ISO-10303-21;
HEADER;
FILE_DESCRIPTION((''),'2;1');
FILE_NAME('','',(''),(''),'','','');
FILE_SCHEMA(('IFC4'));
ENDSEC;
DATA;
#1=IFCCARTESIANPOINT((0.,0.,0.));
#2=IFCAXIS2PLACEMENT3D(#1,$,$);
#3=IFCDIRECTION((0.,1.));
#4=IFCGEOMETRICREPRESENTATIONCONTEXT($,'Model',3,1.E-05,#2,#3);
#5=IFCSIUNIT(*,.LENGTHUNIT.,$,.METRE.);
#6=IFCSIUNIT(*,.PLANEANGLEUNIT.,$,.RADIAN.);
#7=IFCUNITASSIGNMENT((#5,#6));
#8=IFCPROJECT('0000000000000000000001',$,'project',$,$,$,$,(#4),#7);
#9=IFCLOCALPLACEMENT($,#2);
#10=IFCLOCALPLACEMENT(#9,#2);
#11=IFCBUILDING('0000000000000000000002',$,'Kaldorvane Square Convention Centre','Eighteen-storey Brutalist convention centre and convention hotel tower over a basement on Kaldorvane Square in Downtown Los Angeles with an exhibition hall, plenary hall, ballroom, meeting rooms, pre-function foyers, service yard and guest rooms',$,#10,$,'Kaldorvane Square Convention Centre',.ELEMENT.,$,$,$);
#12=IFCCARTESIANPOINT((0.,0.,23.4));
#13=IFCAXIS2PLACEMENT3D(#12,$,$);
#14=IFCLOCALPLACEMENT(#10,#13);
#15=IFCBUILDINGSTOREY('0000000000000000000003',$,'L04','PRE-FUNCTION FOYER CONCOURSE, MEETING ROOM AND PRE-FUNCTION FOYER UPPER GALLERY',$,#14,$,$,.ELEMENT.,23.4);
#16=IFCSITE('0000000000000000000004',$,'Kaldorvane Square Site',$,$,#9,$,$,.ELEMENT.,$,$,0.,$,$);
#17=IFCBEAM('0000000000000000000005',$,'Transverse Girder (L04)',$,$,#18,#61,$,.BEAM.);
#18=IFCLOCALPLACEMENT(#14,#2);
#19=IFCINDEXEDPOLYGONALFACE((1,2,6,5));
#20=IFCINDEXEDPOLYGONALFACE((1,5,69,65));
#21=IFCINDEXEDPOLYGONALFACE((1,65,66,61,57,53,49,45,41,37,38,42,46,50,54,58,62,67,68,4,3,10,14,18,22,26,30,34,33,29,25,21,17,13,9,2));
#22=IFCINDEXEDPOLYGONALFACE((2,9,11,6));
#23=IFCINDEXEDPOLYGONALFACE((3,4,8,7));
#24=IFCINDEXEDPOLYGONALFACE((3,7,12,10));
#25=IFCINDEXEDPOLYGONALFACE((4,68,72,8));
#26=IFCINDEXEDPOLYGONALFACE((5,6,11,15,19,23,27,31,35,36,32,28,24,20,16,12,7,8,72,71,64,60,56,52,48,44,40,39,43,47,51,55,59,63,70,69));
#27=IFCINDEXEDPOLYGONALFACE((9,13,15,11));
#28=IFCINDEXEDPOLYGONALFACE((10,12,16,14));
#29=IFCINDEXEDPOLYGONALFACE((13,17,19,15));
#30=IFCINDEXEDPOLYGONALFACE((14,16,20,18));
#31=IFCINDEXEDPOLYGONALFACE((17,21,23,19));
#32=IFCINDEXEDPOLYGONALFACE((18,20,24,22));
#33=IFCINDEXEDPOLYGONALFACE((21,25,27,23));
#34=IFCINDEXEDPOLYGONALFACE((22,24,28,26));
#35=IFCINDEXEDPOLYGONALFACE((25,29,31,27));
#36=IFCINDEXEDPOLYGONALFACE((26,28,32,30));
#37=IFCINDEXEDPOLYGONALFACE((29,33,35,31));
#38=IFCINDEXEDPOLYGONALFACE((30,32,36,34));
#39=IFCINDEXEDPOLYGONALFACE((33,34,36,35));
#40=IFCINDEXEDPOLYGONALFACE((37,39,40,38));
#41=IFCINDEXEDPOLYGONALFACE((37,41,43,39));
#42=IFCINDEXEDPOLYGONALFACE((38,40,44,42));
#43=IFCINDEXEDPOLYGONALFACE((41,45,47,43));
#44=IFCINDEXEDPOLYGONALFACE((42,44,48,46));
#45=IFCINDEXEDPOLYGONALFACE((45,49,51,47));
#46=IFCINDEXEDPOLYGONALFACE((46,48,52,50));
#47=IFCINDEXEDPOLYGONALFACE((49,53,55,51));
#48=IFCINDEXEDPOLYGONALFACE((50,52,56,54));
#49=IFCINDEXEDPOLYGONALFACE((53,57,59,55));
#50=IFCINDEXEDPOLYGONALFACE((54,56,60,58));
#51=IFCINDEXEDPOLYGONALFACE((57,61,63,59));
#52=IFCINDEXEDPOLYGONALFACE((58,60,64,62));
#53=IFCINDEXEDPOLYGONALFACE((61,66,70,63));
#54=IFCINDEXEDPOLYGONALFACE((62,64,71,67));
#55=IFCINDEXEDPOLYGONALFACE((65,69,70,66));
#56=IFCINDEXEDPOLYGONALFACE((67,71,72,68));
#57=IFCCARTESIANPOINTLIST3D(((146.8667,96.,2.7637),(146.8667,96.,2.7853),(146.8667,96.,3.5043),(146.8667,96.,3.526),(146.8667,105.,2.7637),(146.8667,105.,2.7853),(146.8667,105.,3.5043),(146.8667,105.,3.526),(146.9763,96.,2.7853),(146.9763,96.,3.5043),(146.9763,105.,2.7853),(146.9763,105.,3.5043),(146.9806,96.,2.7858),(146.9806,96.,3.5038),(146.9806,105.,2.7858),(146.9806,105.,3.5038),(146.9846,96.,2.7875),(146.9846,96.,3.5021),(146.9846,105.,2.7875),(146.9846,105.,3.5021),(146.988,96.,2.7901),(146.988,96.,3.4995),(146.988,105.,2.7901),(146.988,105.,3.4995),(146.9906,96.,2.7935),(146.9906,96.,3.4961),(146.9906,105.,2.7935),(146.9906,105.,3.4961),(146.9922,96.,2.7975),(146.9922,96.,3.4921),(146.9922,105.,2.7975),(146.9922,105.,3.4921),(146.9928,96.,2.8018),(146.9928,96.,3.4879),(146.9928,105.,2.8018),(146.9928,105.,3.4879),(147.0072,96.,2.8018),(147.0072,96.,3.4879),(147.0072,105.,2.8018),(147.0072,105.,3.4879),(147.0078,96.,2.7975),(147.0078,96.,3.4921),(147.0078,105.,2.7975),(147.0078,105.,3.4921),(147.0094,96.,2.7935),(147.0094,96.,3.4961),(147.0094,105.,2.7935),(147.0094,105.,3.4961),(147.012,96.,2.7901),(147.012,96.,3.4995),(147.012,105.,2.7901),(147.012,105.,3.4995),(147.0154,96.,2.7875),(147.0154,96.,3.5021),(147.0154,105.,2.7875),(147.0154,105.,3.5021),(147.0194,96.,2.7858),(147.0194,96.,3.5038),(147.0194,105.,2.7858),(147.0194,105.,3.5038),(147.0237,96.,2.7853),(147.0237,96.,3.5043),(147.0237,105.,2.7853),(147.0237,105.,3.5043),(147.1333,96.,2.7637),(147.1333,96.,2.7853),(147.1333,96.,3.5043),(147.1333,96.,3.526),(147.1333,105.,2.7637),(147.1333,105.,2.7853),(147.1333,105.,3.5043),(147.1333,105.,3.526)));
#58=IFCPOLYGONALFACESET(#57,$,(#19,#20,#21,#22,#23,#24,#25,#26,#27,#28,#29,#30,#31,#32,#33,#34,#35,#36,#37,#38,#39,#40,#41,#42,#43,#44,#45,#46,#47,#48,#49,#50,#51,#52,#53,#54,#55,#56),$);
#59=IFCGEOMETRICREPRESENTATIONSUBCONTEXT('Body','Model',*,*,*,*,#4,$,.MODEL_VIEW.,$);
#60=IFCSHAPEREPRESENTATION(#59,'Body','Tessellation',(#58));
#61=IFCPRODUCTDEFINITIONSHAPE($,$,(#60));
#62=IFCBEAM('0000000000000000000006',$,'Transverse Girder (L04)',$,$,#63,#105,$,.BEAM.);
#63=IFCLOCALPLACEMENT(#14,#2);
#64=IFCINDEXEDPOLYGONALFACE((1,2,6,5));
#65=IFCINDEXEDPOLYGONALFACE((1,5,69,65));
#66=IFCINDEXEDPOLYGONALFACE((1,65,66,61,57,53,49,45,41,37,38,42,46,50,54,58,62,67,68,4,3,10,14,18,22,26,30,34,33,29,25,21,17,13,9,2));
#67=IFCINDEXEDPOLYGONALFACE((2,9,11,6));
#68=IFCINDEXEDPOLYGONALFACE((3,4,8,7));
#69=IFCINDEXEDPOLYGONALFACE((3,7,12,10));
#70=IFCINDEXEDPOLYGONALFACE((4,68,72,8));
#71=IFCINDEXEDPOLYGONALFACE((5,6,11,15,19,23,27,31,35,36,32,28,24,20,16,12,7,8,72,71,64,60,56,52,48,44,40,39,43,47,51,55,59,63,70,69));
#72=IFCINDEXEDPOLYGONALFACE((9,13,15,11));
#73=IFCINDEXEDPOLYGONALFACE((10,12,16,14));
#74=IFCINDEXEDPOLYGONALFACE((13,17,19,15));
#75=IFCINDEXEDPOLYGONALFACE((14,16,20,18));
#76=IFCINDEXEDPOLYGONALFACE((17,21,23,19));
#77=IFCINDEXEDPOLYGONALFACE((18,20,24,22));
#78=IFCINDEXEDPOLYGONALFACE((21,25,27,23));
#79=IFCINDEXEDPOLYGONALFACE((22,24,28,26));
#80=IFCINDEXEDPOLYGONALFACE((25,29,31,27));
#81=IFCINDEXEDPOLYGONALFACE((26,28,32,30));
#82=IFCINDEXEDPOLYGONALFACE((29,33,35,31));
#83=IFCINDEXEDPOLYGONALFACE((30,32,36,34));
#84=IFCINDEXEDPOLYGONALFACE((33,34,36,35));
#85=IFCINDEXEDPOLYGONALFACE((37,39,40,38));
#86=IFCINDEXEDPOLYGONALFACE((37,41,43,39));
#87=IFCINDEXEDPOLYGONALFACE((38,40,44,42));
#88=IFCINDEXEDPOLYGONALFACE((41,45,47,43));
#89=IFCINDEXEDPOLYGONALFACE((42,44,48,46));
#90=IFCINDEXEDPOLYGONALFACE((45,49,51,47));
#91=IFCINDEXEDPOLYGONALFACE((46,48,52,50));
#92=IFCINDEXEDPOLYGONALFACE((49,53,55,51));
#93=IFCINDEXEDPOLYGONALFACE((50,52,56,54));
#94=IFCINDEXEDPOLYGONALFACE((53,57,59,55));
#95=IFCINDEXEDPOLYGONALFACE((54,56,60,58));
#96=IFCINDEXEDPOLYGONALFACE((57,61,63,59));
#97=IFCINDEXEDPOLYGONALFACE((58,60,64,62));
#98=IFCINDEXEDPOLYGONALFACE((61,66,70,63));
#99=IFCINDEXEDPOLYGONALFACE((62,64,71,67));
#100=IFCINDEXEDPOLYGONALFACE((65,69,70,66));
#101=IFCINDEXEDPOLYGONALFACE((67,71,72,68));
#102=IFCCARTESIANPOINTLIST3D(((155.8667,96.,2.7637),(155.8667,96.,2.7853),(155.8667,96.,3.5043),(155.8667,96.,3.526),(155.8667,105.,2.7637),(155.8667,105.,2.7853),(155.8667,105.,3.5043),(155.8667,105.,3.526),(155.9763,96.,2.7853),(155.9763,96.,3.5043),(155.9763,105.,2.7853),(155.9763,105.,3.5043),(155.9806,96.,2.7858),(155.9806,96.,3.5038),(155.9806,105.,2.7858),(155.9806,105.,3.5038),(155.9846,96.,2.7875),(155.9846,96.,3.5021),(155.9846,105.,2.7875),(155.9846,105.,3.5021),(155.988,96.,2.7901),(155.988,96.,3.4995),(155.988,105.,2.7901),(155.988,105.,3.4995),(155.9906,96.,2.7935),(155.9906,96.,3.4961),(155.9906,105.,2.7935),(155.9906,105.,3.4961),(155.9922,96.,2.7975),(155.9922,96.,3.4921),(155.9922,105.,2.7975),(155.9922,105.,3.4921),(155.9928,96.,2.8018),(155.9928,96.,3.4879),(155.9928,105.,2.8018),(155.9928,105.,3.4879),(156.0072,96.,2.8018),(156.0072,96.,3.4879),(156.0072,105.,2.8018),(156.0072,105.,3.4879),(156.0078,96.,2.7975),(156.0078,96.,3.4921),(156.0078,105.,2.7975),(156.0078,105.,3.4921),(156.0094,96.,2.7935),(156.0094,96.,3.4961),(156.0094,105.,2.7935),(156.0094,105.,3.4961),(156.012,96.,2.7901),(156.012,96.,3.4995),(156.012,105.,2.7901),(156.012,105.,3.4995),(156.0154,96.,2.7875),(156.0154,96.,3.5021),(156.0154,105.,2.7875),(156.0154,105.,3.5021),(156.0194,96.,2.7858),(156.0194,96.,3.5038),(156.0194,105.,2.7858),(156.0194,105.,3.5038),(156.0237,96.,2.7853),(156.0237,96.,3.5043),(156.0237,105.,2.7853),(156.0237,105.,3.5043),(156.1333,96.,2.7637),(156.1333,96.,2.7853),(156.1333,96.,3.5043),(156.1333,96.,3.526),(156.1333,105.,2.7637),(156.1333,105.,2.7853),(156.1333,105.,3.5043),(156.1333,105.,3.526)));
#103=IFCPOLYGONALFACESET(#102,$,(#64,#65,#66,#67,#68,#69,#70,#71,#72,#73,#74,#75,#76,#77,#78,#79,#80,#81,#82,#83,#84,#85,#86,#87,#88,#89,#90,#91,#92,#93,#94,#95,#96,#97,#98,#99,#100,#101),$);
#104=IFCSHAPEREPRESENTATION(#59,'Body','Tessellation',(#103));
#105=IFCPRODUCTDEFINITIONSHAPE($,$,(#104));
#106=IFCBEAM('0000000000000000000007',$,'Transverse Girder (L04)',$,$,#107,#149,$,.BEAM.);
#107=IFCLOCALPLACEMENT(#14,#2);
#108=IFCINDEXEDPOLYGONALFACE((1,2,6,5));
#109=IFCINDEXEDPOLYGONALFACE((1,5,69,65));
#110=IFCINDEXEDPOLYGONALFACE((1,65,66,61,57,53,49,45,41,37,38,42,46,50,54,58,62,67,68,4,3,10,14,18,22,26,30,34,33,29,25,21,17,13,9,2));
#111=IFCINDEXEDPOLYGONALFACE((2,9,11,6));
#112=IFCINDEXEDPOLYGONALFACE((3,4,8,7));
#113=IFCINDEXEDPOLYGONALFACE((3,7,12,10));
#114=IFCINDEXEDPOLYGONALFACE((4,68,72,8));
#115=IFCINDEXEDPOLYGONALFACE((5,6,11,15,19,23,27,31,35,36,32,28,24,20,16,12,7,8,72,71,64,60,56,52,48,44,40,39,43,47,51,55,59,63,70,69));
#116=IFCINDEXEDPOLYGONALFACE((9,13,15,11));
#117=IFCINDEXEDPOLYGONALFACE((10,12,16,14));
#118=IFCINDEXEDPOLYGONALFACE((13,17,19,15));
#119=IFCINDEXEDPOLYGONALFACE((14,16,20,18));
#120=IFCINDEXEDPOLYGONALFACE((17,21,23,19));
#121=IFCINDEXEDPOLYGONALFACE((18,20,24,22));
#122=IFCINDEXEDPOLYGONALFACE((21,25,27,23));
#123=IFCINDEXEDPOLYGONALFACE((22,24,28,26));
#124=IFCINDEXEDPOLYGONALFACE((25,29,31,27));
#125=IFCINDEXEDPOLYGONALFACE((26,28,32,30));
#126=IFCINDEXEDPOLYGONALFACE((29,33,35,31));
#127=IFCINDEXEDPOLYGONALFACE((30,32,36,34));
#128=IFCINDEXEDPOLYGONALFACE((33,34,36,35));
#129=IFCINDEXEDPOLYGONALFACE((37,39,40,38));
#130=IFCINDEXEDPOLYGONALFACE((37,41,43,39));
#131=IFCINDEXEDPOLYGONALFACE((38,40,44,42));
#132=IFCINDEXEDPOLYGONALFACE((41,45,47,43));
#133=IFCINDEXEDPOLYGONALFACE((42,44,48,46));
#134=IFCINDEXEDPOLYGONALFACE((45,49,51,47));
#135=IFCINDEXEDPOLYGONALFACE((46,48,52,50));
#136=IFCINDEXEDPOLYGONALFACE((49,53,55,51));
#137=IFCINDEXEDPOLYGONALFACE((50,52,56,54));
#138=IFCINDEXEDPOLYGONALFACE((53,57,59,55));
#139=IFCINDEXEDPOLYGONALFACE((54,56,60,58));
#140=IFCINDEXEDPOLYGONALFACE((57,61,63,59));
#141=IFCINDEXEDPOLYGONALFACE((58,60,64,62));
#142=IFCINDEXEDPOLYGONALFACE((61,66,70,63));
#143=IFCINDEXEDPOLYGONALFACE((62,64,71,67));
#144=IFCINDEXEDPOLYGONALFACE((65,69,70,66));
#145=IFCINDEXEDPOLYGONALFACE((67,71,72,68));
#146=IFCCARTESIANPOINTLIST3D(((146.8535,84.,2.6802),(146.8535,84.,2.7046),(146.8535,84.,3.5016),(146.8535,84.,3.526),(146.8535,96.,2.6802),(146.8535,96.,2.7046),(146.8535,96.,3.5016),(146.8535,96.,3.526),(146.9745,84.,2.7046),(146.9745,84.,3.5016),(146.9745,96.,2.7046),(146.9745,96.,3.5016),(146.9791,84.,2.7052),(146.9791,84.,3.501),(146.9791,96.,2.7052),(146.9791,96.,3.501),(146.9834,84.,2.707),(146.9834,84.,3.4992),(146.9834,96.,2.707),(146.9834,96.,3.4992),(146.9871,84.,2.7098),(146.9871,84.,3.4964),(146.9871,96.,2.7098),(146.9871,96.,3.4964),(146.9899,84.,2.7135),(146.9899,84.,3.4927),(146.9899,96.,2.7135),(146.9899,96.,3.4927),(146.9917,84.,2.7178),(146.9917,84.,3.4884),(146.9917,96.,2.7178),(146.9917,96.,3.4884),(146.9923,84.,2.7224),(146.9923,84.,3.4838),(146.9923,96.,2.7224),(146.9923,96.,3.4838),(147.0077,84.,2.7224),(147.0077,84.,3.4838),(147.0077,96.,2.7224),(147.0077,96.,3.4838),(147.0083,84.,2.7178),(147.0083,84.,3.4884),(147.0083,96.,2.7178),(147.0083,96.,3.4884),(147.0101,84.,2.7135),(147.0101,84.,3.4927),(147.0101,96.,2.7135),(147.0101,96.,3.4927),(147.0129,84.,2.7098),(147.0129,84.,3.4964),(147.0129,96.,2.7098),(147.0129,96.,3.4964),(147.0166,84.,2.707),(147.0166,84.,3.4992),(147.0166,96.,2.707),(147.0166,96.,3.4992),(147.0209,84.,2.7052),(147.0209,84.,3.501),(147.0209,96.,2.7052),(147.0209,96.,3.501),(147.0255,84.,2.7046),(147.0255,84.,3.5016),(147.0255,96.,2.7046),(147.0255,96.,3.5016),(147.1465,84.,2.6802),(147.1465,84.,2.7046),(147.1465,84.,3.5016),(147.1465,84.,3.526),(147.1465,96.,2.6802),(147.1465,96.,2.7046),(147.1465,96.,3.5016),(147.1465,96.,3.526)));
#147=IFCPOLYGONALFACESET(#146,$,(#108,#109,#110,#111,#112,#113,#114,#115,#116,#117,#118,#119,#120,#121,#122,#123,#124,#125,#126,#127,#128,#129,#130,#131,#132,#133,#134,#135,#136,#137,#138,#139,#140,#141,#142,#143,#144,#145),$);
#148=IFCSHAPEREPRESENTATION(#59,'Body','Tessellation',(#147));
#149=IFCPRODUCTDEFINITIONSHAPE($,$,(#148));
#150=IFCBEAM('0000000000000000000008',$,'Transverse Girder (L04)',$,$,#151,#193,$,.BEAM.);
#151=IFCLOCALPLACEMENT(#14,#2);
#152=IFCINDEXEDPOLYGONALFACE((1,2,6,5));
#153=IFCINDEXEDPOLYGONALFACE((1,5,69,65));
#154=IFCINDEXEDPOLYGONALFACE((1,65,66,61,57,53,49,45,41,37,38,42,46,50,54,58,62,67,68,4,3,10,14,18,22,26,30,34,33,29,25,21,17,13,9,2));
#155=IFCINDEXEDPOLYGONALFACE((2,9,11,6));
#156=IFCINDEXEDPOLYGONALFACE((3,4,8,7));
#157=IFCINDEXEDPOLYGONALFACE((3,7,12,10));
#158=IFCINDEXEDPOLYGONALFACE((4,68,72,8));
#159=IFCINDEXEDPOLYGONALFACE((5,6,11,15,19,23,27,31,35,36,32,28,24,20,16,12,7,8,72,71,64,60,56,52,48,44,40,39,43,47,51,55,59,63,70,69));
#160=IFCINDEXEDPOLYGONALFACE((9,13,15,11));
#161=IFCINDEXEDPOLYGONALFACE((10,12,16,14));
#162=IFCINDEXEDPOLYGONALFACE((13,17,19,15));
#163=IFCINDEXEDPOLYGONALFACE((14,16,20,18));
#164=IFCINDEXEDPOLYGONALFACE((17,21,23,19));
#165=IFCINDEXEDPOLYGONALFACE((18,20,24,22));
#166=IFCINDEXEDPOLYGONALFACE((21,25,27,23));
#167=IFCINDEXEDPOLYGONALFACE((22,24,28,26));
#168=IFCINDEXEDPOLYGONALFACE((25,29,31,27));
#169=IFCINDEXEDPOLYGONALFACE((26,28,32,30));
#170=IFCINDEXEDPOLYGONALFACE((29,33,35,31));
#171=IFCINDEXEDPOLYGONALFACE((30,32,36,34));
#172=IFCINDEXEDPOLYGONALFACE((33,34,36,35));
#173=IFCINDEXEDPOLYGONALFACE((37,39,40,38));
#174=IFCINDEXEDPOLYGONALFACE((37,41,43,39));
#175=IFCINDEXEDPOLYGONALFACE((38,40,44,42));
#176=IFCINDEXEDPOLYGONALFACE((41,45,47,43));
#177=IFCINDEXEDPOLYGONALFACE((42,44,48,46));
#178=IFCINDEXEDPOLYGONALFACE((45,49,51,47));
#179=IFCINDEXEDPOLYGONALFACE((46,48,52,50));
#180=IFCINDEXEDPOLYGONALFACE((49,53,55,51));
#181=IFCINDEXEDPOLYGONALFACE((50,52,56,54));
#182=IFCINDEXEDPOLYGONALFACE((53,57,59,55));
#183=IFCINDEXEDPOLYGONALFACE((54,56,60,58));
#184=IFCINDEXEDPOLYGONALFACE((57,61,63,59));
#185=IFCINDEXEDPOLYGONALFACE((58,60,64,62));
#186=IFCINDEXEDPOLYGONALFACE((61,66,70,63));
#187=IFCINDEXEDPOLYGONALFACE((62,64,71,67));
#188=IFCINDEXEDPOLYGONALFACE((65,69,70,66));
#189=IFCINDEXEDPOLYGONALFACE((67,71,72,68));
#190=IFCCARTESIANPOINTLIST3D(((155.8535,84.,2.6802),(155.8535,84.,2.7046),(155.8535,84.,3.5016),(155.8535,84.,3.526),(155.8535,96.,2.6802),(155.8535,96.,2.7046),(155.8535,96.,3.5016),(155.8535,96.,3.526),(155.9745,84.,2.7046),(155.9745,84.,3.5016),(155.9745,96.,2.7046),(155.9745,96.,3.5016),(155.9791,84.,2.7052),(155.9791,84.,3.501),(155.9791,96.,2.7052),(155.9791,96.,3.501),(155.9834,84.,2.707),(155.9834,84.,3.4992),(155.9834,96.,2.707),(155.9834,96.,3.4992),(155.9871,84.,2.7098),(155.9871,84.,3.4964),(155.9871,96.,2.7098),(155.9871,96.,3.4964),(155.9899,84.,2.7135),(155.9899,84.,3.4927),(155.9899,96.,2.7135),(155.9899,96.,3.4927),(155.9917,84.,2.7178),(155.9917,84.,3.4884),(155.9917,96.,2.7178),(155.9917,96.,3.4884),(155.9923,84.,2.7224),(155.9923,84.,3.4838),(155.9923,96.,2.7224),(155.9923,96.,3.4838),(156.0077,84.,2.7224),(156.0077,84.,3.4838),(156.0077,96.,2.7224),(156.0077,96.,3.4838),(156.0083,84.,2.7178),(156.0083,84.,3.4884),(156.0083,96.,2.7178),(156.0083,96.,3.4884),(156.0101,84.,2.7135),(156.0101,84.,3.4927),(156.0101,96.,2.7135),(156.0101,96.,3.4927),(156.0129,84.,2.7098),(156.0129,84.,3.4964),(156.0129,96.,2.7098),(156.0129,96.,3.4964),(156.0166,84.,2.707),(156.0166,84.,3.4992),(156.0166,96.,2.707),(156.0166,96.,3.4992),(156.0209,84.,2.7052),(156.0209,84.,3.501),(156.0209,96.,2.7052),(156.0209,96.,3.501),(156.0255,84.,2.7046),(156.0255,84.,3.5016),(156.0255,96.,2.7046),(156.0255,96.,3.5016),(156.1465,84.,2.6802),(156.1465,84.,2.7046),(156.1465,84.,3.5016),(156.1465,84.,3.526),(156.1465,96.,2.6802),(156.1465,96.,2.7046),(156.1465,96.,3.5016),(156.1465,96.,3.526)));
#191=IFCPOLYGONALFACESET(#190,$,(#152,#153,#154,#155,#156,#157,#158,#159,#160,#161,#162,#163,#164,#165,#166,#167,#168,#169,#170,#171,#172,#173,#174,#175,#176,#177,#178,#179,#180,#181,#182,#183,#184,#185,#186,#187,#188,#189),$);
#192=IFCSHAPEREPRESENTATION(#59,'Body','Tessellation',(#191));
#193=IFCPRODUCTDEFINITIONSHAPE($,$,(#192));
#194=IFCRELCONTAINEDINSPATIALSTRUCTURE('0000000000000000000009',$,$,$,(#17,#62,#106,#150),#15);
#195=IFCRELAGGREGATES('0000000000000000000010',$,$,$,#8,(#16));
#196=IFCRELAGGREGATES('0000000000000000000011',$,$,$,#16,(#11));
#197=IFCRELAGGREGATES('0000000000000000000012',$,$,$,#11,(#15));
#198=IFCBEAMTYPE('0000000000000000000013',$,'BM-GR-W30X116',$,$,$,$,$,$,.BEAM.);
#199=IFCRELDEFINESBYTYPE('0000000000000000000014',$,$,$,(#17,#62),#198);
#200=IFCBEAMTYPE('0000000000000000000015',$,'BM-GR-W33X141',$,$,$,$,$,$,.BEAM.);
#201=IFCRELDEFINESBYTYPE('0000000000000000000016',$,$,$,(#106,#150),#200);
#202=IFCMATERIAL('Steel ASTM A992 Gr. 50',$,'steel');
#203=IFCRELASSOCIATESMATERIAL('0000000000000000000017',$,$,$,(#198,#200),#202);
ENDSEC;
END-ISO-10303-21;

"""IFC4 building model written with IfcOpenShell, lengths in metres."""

from ifc_helpers import new_model, si_unit, direction, frame, origin, origin_2d, place, context, subcontext, project, spatial, i_section, extrude, material, material_profile, profile_set, type_object, element, save


model = new_model("IFC4")

# Units and contexts
model_context = context("Model", 3, precision=1e-05, world=origin(), true_north=direction((0.0, 1.0)))
body_context = subcontext(model_context, "Body", "Model", "MODEL_VIEW")
ifc_project = project(units=[si_unit("LENGTHUNIT", "METRE"), si_unit("PLANEANGLEUNIT", "RADIAN")], contexts=[model_context])

# Site, building, storey
site_placement = place(None, origin())
site = spatial("IfcSite", under=ifc_project, at=site_placement, Name="Kaldorvane Square Site", CompositionType="ELEMENT", RefElevation=0.0)
building_placement = place(site_placement, origin())
building = spatial("IfcBuilding", under=site, at=building_placement, Name="Kaldorvane Square Convention Centre", Description="Eighteen-storey Brutalist convention centre and convention hotel tower over a basement on Kaldorvane Square in Downtown Los Angeles with an exhibition hall, plenary hall, ballroom, meeting rooms, pre-function foyers, service yard and guest rooms", LongName="Kaldorvane Square Convention Centre", CompositionType="ELEMENT")
storey_placement = place(building_placement, frame((0.0, 0.0, 23.4)))
storey = spatial("IfcBuildingStorey", under=building, at=storey_placement, Name="L04", Description="PRE-FUNCTION FOYER CONCOURSE, MEETING ROOM AND PRE-FUNCTION FOYER UPPER GALLERY", CompositionType="ELEMENT", Elevation=23.4)

# Shared definitions
ifc_material_1 = material(Name="Steel ASTM A992 Gr. 50", Category="steel")

# Beams
ifc_material_profile_1 = material_profile(ifc_material_1, i_section(OverallWidth=0.2666, OverallDepth=0.7623, WebThickness=0.0144, FlangeThickness=0.0216, FilletRadius=0.0165, at=origin_2d()), Name="W30X116")
ifc_profile_set_1 = profile_set([ifc_material_profile_1], Name="Steel ASTM A992 Gr. 50")
beam_type_1 = type_object("IfcBeamType", Name="BM-GR-W30X116", PredefinedType="BEAM", material=ifc_profile_set_1)
for number, where, z_axis, x_axis, name in (
    (1, (147.0, 96.0, 3.1448), (0.0, 1.0, 0.0), (-1.0, 0.0, 0.0), "Transverse Girder (L04)"),
    (2, (156.0, 96.0, 3.1448), (0.0, 1.0, 0.0), (-1.0, 0.0, 0.0), "Transverse Girder (L04)"),
):
    element("IfcBeam", number, at=place(storey_placement, frame(where, z_axis=z_axis, x_axis=x_axis)), inside=storey, type_object=beam_type_1, Name=name, PredefinedType="BEAM", context=body_context, shape_type="SweptSolid", body=[
        extrude(i_section(OverallWidth=0.2666, OverallDepth=0.7623, WebThickness=0.0144, FlangeThickness=0.0216, FilletRadius=0.0165, at=origin_2d()), origin(), (0.0, 0.0, 1.0), 9.0),
    ])
ifc_material_profile_2 = material_profile(ifc_material_1, i_section(OverallWidth=0.293, OverallDepth=0.8458, WebThickness=0.0154, FlangeThickness=0.0244, FilletRadius=0.0178, at=origin_2d()), Name="W33X141")
ifc_profile_set_2 = profile_set([ifc_material_profile_2], Name="Steel ASTM A992 Gr. 50")
beam_type_2 = type_object("IfcBeamType", Name="BM-GR-W33X141", PredefinedType="BEAM", material=ifc_profile_set_2)
for number, where, z_axis, x_axis, name in (
    (3, (147.0, 84.0, 3.1031), (0.0, 1.0, 0.0), (-1.0, 0.0, 0.0), "Transverse Girder (L04)"),
    (4, (156.0, 84.0, 3.1031), (0.0, 1.0, 0.0), (-1.0, 0.0, 0.0), "Transverse Girder (L04)"),
):
    element("IfcBeam", number, at=place(storey_placement, frame(where, z_axis=z_axis, x_axis=x_axis)), inside=storey, type_object=beam_type_2, Name=name, PredefinedType="BEAM", context=body_context, shape_type="SweptSolid", body=[
        extrude(i_section(OverallWidth=0.293, OverallDepth=0.8458, WebThickness=0.0154, FlangeThickness=0.0244, FilletRadius=0.0178, at=origin_2d()), origin(), (0.0, 0.0, 1.0), 12.0),
    ])

save(model, "model.ifc")
